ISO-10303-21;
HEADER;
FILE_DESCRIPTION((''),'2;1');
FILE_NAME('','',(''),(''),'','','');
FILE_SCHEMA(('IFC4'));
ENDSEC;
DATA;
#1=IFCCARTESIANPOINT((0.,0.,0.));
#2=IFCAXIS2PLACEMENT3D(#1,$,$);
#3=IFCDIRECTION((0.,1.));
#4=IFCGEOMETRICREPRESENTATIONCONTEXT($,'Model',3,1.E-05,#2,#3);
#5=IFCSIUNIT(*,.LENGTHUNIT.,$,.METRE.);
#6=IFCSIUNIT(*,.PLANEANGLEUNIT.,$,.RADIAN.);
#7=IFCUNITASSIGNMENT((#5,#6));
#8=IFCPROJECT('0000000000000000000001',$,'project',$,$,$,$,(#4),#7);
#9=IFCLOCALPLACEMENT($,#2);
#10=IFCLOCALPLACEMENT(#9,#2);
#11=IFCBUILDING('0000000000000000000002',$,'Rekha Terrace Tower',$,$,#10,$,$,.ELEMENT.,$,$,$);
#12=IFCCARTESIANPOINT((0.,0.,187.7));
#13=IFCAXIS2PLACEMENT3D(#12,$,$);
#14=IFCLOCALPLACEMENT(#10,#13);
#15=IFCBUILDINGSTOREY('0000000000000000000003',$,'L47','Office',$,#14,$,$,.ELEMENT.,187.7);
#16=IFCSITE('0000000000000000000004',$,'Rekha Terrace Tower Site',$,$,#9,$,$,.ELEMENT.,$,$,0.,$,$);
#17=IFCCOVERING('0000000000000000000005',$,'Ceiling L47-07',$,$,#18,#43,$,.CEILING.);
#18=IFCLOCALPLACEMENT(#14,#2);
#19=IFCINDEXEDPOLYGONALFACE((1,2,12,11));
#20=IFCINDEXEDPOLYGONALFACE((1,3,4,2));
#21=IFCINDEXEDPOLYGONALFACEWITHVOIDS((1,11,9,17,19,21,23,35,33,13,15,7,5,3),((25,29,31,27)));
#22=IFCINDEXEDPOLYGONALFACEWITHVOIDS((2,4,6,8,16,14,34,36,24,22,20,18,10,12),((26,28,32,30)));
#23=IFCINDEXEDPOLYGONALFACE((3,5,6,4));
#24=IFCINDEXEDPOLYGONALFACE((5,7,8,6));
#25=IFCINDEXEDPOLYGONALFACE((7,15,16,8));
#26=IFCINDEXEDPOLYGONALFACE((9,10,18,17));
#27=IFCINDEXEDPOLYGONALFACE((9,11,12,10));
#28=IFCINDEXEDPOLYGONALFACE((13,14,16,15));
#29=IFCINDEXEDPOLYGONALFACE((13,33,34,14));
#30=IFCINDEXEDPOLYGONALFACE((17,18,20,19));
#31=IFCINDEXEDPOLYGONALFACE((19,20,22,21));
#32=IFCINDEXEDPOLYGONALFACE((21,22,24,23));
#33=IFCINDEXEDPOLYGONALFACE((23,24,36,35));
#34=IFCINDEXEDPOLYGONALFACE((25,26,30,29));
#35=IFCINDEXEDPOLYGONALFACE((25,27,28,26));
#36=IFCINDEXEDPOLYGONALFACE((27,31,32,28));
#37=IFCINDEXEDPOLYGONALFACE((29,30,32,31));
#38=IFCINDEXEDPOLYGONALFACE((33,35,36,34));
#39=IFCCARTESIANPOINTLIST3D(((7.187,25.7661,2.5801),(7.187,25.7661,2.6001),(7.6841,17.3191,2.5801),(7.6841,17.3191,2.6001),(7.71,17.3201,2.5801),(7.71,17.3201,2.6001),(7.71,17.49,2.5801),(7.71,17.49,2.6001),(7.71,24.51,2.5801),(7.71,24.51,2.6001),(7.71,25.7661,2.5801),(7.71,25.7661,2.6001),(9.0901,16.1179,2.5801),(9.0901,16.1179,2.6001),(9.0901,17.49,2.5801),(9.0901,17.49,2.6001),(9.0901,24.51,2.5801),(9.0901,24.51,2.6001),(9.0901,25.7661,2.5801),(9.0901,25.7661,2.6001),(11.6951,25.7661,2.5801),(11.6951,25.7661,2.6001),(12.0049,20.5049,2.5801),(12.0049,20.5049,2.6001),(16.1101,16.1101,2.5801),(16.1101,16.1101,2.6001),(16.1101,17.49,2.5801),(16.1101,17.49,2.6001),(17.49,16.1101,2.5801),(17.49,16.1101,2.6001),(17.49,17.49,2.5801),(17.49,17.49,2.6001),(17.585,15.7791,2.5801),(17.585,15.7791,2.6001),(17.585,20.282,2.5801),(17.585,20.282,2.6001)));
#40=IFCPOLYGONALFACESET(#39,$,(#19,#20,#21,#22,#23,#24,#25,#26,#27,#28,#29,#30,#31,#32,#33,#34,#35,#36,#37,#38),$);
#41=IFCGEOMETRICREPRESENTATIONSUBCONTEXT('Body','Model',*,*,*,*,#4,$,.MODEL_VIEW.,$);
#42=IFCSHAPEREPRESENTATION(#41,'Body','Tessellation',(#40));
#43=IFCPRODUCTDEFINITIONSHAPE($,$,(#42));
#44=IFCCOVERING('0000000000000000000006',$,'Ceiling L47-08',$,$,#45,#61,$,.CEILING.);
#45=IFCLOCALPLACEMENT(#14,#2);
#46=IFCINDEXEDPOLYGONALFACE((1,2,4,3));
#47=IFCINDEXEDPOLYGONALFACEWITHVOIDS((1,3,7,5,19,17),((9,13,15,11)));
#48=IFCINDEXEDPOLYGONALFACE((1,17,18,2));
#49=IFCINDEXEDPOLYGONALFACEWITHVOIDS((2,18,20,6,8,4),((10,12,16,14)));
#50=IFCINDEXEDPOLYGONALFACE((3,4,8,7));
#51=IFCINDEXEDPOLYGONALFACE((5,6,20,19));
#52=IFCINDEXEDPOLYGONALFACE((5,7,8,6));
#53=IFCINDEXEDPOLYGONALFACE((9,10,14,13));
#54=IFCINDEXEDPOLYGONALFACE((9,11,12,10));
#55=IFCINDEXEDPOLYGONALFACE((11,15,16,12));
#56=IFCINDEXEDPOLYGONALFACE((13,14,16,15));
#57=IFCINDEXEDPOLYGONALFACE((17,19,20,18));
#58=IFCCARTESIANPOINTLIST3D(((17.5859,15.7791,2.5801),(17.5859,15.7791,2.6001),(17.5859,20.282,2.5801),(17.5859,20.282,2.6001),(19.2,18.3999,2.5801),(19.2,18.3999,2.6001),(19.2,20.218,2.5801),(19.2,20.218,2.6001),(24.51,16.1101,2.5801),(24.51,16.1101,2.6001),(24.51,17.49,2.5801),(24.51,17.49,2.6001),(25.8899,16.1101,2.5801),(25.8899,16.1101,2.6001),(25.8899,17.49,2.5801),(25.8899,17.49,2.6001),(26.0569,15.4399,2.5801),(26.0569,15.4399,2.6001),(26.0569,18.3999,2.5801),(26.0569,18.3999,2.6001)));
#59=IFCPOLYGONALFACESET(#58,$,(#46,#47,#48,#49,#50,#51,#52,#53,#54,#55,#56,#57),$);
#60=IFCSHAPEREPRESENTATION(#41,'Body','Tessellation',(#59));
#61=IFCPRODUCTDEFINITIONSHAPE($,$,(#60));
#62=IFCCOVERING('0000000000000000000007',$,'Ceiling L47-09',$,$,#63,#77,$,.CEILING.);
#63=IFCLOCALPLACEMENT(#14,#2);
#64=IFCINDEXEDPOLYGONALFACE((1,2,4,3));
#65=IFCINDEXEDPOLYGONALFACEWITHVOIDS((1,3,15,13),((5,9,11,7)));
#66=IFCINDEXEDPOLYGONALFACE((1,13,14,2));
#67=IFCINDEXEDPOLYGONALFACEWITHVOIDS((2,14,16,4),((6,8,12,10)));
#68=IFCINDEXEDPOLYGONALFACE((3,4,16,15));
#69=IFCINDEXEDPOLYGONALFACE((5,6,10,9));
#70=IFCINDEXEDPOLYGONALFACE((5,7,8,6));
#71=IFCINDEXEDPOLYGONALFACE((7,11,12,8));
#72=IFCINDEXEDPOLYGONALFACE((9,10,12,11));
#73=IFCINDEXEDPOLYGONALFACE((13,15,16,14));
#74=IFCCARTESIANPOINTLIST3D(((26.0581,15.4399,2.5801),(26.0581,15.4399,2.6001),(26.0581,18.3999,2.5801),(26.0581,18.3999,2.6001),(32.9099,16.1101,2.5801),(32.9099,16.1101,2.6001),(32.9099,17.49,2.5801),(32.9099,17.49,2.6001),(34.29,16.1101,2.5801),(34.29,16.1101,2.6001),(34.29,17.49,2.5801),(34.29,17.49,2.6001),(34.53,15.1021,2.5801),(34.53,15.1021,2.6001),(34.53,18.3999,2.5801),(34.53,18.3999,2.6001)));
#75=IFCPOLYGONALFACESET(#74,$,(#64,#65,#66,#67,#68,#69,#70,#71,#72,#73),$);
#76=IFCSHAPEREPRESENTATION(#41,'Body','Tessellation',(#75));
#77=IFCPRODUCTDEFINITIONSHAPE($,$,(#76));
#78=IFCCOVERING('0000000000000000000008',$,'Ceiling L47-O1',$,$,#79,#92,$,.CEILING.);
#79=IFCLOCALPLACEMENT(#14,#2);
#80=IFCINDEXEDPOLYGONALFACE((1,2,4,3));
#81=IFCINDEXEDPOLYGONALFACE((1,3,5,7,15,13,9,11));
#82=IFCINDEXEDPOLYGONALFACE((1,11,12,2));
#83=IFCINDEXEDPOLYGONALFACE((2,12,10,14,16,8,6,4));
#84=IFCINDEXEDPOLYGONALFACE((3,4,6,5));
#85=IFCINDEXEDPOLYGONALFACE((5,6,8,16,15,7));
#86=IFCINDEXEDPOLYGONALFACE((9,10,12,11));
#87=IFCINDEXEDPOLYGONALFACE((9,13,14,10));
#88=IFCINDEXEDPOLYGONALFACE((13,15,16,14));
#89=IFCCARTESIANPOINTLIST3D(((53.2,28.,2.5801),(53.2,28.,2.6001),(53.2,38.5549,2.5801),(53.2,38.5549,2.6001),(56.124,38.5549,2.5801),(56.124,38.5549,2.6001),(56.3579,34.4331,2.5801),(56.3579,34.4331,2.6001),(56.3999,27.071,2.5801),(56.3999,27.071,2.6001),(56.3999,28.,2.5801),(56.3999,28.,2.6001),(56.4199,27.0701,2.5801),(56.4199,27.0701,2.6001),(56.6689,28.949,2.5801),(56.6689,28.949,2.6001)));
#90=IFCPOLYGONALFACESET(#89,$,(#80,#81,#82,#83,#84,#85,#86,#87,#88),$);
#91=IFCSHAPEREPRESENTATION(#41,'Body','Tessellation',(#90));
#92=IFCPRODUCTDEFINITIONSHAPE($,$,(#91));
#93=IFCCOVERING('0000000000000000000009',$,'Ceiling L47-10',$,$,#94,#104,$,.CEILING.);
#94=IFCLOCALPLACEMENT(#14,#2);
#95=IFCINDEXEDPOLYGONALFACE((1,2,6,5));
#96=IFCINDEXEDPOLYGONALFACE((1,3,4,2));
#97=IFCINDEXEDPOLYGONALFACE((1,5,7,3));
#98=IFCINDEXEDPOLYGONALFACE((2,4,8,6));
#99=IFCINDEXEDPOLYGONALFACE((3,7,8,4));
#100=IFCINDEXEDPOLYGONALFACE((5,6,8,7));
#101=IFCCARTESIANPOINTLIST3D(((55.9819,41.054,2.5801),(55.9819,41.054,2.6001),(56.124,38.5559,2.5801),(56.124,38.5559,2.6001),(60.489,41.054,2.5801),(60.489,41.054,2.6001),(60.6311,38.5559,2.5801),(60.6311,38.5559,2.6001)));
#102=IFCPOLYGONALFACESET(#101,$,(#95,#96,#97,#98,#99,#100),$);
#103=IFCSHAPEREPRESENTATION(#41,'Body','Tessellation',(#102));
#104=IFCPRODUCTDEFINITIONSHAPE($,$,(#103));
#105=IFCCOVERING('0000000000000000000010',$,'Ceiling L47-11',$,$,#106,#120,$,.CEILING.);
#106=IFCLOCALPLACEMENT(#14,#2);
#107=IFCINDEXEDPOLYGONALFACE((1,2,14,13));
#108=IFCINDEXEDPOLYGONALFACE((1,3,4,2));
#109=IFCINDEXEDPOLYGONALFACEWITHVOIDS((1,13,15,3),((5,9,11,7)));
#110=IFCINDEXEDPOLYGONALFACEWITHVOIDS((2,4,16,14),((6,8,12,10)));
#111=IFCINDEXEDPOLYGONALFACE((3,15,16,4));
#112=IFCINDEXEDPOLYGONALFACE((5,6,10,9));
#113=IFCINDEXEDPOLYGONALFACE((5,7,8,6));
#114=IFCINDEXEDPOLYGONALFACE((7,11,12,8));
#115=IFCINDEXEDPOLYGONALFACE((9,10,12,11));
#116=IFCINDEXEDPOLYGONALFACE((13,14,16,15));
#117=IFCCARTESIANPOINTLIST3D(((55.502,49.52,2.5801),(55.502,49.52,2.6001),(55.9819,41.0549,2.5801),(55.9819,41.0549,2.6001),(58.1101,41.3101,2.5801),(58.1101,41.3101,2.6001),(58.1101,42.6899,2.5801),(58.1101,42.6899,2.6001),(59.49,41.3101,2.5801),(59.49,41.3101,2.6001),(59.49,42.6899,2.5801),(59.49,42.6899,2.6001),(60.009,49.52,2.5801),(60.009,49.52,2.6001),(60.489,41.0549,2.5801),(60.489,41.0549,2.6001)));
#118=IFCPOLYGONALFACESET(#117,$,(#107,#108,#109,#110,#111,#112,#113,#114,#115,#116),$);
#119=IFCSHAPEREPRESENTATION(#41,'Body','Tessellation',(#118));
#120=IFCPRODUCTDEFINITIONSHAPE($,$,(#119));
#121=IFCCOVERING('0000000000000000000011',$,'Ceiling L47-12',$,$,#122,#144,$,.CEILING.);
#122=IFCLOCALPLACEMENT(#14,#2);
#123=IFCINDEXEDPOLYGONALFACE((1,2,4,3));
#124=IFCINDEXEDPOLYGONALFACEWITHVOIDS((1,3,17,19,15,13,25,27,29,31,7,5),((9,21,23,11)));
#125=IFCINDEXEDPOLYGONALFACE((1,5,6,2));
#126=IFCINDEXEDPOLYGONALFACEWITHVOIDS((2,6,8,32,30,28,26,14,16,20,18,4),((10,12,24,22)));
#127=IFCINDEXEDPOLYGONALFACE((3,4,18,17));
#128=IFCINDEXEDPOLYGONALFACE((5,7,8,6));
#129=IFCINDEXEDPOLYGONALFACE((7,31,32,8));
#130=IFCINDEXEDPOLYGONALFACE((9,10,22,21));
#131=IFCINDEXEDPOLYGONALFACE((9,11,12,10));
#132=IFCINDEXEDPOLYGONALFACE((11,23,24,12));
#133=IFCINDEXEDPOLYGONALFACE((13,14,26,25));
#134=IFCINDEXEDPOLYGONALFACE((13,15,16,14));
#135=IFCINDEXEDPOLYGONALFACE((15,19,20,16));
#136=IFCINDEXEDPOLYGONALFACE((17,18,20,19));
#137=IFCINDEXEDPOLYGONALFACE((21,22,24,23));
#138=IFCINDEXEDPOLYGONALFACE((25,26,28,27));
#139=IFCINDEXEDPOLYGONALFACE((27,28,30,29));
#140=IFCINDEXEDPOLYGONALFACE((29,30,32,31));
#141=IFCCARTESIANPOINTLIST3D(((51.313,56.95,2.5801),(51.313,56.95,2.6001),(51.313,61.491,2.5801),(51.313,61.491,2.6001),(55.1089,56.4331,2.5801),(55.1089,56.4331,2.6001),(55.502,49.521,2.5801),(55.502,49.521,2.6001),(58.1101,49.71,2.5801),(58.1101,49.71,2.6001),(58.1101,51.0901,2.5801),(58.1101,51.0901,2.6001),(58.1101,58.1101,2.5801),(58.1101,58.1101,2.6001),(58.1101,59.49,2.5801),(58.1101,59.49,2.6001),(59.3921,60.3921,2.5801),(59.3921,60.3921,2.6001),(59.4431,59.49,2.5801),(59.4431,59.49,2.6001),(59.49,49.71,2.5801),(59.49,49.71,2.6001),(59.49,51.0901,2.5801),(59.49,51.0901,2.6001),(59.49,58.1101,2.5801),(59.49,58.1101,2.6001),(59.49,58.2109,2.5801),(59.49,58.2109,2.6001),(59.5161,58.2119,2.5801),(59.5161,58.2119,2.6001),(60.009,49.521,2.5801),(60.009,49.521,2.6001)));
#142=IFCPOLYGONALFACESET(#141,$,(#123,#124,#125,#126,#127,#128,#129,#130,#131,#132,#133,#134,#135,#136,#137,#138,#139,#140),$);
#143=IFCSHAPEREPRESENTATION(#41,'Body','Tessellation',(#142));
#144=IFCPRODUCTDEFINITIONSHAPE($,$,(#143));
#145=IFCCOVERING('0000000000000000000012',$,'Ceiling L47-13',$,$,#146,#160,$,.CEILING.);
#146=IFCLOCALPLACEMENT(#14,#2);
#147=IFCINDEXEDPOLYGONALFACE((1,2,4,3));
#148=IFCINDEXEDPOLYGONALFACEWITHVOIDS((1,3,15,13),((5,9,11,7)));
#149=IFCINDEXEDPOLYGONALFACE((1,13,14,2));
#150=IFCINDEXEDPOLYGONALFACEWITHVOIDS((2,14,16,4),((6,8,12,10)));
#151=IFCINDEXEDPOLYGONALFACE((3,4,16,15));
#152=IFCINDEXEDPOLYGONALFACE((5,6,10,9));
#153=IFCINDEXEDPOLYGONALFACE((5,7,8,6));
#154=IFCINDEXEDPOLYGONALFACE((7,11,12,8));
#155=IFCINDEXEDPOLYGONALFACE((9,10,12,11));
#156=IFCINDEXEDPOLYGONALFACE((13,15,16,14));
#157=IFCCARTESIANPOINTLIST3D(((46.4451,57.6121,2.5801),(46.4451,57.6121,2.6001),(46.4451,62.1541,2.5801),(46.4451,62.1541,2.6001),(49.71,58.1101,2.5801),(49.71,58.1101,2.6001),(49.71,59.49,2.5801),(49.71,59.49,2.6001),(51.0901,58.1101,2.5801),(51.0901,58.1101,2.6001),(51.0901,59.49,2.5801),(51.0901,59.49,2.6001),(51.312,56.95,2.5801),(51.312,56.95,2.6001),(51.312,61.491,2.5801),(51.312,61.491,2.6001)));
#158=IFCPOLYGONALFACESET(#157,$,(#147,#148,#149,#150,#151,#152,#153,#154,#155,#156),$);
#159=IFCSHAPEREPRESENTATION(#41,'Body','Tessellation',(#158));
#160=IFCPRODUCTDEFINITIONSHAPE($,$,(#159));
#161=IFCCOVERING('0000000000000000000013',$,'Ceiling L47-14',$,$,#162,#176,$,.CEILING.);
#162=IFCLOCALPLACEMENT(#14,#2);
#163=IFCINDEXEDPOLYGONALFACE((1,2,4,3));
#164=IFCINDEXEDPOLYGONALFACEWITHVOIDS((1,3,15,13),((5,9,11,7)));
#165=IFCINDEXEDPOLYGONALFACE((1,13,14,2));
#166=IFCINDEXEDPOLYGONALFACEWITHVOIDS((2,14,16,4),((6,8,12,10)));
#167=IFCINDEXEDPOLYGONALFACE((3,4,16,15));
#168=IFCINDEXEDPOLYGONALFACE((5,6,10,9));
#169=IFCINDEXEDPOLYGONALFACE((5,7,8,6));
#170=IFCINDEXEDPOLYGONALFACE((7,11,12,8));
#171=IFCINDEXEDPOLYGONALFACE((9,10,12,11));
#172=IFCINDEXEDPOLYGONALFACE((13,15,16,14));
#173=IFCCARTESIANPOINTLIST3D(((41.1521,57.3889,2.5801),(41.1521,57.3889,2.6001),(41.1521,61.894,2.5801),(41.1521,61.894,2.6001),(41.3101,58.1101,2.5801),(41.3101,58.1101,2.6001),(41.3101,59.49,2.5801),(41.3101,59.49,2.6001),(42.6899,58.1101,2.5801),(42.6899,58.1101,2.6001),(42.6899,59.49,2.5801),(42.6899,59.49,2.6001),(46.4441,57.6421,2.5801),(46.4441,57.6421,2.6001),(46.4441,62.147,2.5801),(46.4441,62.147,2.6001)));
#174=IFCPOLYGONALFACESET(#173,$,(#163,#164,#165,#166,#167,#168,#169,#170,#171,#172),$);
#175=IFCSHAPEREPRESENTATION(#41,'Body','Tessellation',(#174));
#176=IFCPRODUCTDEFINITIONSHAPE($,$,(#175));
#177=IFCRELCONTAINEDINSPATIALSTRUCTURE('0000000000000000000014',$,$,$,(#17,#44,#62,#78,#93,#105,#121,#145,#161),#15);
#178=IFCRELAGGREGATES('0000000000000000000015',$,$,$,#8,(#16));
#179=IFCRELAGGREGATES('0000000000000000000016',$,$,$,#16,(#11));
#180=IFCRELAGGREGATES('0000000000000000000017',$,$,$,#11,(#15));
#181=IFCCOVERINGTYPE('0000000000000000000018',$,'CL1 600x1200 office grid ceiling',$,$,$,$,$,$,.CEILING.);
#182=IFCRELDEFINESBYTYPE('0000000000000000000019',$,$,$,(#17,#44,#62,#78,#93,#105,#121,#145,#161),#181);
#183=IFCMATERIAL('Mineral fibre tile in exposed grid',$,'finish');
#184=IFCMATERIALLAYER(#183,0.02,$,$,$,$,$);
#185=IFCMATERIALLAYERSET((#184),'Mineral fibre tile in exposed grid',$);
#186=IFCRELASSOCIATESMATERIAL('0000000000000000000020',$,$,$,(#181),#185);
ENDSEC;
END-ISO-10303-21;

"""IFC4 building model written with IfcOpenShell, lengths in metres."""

from ifc_helpers import new_model, si_unit, direction, frame, origin, place, context, subcontext, project, spatial, polyline, outline, extrude, material, layer, layer_set, type_object, element, save


model = new_model("IFC4")

# Units and contexts
model_context = context("Model", 3, precision=1e-05, world=origin(), true_north=direction((0.0, 1.0)))
body_context = subcontext(model_context, "Body", "Model", "MODEL_VIEW")
ifc_project = project(units=[si_unit("LENGTHUNIT", "METRE"), si_unit("PLANEANGLEUNIT", "RADIAN")], contexts=[model_context])

# Site, building, storey
site_placement = place(None, origin())
site = spatial("IfcSite", under=ifc_project, at=site_placement, Name="Rekha Terrace Tower Site", CompositionType="ELEMENT", RefElevation=0.0)
building_placement = place(site_placement, origin())
building = spatial("IfcBuilding", under=site, at=building_placement, Name="Rekha Terrace Tower", CompositionType="ELEMENT")
storey_placement = place(building_placement, frame((0.0, 0.0, 187.7)))
storey = spatial("IfcBuildingStorey", under=building, at=storey_placement, Name="L47", Description="Office", CompositionType="ELEMENT", Elevation=187.7)

# Coverings
ifc_material_1 = material(Name="Mineral fibre tile in exposed grid", Category="finish")
ifc_layer_1 = layer(ifc_material_1, 0.02)
ifc_layer_set_1 = layer_set([ifc_layer_1], Name="Mineral fibre tile in exposed grid")
covering_type_1 = type_object("IfcCoveringType", Name="CL1 600x1200 office grid ceiling", PredefinedType="CEILING", material=ifc_layer_set_1)
covering_1_placement = place(storey_placement, frame((0.0, 0.0, 2.5801)))
element("IfcCovering", 1, at=covering_1_placement, inside=storey, type_object=covering_type_1, Name="Ceiling L47-07", PredefinedType="CEILING", context=body_context, shape_type="SweptSolid", body=[
    extrude(outline(polyline([(7.71, 24.51), (7.71, 25.7661), (7.187, 25.7661), (7.6841, 17.3191), (7.71, 17.3201), (7.71, 17.49), (9.0901, 17.49), (9.0901, 16.1179), (17.585, 15.7791), (17.585, 20.282), (12.0049, 20.5049), (11.6951, 25.7661), (9.0901, 25.7661), (9.0901, 24.51), (7.71, 24.51)]), holes=[polyline([(17.49, 17.49), (17.49, 16.1101), (16.1101, 16.1101), (16.1101, 17.49), (17.49, 17.49)])]), origin(), (0.0, 0.0, 1.0), 0.02),
])
covering_2_placement = place(storey_placement, frame((0.0, 0.0, 2.5801)))
element("IfcCovering", 2, at=covering_2_placement, inside=storey, type_object=covering_type_1, Name="Ceiling L47-08", PredefinedType="CEILING", context=body_context, shape_type="SweptSolid", body=[
    extrude(outline(polyline([(19.2, 18.3999), (19.2, 20.218), (17.5859, 20.282), (17.5859, 15.7791), (26.0569, 15.4399), (26.0569, 18.3999), (19.2, 18.3999)]), holes=[polyline([(25.8899, 17.49), (25.8899, 16.1101), (24.51, 16.1101), (24.51, 17.49), (25.8899, 17.49)])]), origin(), (0.0, 0.0, 1.0), 0.02),
])
covering_3_placement = place(storey_placement, frame((0.0, 0.0, 2.5801)))
element("IfcCovering", 3, at=covering_3_placement, inside=storey, type_object=covering_type_1, Name="Ceiling L47-09", PredefinedType="CEILING", context=body_context, shape_type="SweptSolid", body=[
    extrude(outline(polyline([(34.53, 15.1021), (34.53, 18.3999), (26.0581, 18.3999), (26.0581, 15.4399), (34.53, 15.1021)]), holes=[polyline([(34.29, 16.1101), (32.9099, 16.1101), (32.9099, 17.49), (34.29, 17.49), (34.29, 16.1101)])]), origin(), (0.0, 0.0, 1.0), 0.02),
])
covering_4_placement = place(storey_placement, frame((0.0, 0.0, 2.5801)))
element("IfcCovering", 4, at=covering_4_placement, inside=storey, type_object=covering_type_1, Name="Ceiling L47-O1", PredefinedType="CEILING", context=body_context, shape_type="SweptSolid", body=[
    extrude(outline(polyline([(56.6689, 28.949), (56.3579, 34.4331), (56.124, 38.5549), (53.2, 38.5549), (53.2, 28.0), (56.3999, 28.0), (56.3999, 27.071), (56.4199, 27.0701), (56.6689, 28.949)])), origin(), (0.0, 0.0, 1.0), 0.02),
])
covering_5_placement = place(storey_placement, frame((0.0, 0.0, 2.5801)))
element("IfcCovering", 5, at=covering_5_placement, inside=storey, type_object=covering_type_1, Name="Ceiling L47-10", PredefinedType="CEILING", context=body_context, shape_type="SweptSolid", body=[
    extrude(outline(polyline([(60.489, 41.054), (55.9819, 41.054), (56.124, 38.5559), (60.6311, 38.5559), (60.489, 41.054)])), origin(), (0.0, 0.0, 1.0), 0.02),
])
covering_6_placement = place(storey_placement, frame((0.0, 0.0, 2.5801)))
element("IfcCovering", 6, at=covering_6_placement, inside=storey, type_object=covering_type_1, Name="Ceiling L47-11", PredefinedType="CEILING", context=body_context, shape_type="SweptSolid", body=[
    extrude(outline(polyline([(60.009, 49.52), (55.502, 49.52), (55.9819, 41.0549), (60.489, 41.0549), (60.009, 49.52)]), holes=[polyline([(59.49, 41.3101), (58.1101, 41.3101), (58.1101, 42.6899), (59.49, 42.6899), (59.49, 41.3101)])]), origin(), (0.0, 0.0, 1.0), 0.02),
])
covering_7_placement = place(storey_placement, frame((0.0, 0.0, 2.5801)))
element("IfcCovering", 7, at=covering_7_placement, inside=storey, type_object=covering_type_1, Name="Ceiling L47-12", PredefinedType="CEILING", context=body_context, shape_type="SweptSolid", body=[
    extrude(outline(polyline([(51.313, 56.95), (55.1089, 56.4331), (55.502, 49.521), (60.009, 49.521), (59.5161, 58.2119), (59.49, 58.2109), (59.49, 58.1101), (58.1101, 58.1101), (58.1101, 59.49), (59.4431, 59.49), (59.3921, 60.3921), (51.313, 61.491), (51.313, 56.95)]), holes=[polyline([(59.49, 51.0901), (59.49, 49.71), (58.1101, 49.71), (58.1101, 51.0901), (59.49, 51.0901)])]), origin(), (0.0, 0.0, 1.0), 0.02),
])
covering_8_placement = place(storey_placement, frame((0.0, 0.0, 2.5801)))
element("IfcCovering", 8, at=covering_8_placement, inside=storey, type_object=covering_type_1, Name="Ceiling L47-13", PredefinedType="CEILING", context=body_context, shape_type="SweptSolid", body=[
    extrude(outline(polyline([(51.312, 56.95), (51.312, 61.491), (46.4451, 62.1541), (46.4451, 57.6121), (51.312, 56.95)]), holes=[polyline([(51.0901, 58.1101), (49.71, 58.1101), (49.71, 59.49), (51.0901, 59.49), (51.0901, 58.1101)])]), origin(), (0.0, 0.0, 1.0), 0.02),
])
covering_9_placement = place(storey_placement, frame((0.0, 0.0, 2.5801)))
element("IfcCovering", 9, at=covering_9_placement, inside=storey, type_object=covering_type_1, Name="Ceiling L47-14", PredefinedType="CEILING", context=body_context, shape_type="SweptSolid", body=[
    extrude(outline(polyline([(46.4441, 62.147), (41.1521, 61.894), (41.1521, 57.3889), (46.4441, 57.6421), (46.4441, 62.147)]), holes=[polyline([(42.6899, 59.49), (42.6899, 58.1101), (41.3101, 58.1101), (41.3101, 59.49), (42.6899, 59.49)])]), origin(), (0.0, 0.0, 1.0), 0.02),
])

save(model, "model.ifc")
